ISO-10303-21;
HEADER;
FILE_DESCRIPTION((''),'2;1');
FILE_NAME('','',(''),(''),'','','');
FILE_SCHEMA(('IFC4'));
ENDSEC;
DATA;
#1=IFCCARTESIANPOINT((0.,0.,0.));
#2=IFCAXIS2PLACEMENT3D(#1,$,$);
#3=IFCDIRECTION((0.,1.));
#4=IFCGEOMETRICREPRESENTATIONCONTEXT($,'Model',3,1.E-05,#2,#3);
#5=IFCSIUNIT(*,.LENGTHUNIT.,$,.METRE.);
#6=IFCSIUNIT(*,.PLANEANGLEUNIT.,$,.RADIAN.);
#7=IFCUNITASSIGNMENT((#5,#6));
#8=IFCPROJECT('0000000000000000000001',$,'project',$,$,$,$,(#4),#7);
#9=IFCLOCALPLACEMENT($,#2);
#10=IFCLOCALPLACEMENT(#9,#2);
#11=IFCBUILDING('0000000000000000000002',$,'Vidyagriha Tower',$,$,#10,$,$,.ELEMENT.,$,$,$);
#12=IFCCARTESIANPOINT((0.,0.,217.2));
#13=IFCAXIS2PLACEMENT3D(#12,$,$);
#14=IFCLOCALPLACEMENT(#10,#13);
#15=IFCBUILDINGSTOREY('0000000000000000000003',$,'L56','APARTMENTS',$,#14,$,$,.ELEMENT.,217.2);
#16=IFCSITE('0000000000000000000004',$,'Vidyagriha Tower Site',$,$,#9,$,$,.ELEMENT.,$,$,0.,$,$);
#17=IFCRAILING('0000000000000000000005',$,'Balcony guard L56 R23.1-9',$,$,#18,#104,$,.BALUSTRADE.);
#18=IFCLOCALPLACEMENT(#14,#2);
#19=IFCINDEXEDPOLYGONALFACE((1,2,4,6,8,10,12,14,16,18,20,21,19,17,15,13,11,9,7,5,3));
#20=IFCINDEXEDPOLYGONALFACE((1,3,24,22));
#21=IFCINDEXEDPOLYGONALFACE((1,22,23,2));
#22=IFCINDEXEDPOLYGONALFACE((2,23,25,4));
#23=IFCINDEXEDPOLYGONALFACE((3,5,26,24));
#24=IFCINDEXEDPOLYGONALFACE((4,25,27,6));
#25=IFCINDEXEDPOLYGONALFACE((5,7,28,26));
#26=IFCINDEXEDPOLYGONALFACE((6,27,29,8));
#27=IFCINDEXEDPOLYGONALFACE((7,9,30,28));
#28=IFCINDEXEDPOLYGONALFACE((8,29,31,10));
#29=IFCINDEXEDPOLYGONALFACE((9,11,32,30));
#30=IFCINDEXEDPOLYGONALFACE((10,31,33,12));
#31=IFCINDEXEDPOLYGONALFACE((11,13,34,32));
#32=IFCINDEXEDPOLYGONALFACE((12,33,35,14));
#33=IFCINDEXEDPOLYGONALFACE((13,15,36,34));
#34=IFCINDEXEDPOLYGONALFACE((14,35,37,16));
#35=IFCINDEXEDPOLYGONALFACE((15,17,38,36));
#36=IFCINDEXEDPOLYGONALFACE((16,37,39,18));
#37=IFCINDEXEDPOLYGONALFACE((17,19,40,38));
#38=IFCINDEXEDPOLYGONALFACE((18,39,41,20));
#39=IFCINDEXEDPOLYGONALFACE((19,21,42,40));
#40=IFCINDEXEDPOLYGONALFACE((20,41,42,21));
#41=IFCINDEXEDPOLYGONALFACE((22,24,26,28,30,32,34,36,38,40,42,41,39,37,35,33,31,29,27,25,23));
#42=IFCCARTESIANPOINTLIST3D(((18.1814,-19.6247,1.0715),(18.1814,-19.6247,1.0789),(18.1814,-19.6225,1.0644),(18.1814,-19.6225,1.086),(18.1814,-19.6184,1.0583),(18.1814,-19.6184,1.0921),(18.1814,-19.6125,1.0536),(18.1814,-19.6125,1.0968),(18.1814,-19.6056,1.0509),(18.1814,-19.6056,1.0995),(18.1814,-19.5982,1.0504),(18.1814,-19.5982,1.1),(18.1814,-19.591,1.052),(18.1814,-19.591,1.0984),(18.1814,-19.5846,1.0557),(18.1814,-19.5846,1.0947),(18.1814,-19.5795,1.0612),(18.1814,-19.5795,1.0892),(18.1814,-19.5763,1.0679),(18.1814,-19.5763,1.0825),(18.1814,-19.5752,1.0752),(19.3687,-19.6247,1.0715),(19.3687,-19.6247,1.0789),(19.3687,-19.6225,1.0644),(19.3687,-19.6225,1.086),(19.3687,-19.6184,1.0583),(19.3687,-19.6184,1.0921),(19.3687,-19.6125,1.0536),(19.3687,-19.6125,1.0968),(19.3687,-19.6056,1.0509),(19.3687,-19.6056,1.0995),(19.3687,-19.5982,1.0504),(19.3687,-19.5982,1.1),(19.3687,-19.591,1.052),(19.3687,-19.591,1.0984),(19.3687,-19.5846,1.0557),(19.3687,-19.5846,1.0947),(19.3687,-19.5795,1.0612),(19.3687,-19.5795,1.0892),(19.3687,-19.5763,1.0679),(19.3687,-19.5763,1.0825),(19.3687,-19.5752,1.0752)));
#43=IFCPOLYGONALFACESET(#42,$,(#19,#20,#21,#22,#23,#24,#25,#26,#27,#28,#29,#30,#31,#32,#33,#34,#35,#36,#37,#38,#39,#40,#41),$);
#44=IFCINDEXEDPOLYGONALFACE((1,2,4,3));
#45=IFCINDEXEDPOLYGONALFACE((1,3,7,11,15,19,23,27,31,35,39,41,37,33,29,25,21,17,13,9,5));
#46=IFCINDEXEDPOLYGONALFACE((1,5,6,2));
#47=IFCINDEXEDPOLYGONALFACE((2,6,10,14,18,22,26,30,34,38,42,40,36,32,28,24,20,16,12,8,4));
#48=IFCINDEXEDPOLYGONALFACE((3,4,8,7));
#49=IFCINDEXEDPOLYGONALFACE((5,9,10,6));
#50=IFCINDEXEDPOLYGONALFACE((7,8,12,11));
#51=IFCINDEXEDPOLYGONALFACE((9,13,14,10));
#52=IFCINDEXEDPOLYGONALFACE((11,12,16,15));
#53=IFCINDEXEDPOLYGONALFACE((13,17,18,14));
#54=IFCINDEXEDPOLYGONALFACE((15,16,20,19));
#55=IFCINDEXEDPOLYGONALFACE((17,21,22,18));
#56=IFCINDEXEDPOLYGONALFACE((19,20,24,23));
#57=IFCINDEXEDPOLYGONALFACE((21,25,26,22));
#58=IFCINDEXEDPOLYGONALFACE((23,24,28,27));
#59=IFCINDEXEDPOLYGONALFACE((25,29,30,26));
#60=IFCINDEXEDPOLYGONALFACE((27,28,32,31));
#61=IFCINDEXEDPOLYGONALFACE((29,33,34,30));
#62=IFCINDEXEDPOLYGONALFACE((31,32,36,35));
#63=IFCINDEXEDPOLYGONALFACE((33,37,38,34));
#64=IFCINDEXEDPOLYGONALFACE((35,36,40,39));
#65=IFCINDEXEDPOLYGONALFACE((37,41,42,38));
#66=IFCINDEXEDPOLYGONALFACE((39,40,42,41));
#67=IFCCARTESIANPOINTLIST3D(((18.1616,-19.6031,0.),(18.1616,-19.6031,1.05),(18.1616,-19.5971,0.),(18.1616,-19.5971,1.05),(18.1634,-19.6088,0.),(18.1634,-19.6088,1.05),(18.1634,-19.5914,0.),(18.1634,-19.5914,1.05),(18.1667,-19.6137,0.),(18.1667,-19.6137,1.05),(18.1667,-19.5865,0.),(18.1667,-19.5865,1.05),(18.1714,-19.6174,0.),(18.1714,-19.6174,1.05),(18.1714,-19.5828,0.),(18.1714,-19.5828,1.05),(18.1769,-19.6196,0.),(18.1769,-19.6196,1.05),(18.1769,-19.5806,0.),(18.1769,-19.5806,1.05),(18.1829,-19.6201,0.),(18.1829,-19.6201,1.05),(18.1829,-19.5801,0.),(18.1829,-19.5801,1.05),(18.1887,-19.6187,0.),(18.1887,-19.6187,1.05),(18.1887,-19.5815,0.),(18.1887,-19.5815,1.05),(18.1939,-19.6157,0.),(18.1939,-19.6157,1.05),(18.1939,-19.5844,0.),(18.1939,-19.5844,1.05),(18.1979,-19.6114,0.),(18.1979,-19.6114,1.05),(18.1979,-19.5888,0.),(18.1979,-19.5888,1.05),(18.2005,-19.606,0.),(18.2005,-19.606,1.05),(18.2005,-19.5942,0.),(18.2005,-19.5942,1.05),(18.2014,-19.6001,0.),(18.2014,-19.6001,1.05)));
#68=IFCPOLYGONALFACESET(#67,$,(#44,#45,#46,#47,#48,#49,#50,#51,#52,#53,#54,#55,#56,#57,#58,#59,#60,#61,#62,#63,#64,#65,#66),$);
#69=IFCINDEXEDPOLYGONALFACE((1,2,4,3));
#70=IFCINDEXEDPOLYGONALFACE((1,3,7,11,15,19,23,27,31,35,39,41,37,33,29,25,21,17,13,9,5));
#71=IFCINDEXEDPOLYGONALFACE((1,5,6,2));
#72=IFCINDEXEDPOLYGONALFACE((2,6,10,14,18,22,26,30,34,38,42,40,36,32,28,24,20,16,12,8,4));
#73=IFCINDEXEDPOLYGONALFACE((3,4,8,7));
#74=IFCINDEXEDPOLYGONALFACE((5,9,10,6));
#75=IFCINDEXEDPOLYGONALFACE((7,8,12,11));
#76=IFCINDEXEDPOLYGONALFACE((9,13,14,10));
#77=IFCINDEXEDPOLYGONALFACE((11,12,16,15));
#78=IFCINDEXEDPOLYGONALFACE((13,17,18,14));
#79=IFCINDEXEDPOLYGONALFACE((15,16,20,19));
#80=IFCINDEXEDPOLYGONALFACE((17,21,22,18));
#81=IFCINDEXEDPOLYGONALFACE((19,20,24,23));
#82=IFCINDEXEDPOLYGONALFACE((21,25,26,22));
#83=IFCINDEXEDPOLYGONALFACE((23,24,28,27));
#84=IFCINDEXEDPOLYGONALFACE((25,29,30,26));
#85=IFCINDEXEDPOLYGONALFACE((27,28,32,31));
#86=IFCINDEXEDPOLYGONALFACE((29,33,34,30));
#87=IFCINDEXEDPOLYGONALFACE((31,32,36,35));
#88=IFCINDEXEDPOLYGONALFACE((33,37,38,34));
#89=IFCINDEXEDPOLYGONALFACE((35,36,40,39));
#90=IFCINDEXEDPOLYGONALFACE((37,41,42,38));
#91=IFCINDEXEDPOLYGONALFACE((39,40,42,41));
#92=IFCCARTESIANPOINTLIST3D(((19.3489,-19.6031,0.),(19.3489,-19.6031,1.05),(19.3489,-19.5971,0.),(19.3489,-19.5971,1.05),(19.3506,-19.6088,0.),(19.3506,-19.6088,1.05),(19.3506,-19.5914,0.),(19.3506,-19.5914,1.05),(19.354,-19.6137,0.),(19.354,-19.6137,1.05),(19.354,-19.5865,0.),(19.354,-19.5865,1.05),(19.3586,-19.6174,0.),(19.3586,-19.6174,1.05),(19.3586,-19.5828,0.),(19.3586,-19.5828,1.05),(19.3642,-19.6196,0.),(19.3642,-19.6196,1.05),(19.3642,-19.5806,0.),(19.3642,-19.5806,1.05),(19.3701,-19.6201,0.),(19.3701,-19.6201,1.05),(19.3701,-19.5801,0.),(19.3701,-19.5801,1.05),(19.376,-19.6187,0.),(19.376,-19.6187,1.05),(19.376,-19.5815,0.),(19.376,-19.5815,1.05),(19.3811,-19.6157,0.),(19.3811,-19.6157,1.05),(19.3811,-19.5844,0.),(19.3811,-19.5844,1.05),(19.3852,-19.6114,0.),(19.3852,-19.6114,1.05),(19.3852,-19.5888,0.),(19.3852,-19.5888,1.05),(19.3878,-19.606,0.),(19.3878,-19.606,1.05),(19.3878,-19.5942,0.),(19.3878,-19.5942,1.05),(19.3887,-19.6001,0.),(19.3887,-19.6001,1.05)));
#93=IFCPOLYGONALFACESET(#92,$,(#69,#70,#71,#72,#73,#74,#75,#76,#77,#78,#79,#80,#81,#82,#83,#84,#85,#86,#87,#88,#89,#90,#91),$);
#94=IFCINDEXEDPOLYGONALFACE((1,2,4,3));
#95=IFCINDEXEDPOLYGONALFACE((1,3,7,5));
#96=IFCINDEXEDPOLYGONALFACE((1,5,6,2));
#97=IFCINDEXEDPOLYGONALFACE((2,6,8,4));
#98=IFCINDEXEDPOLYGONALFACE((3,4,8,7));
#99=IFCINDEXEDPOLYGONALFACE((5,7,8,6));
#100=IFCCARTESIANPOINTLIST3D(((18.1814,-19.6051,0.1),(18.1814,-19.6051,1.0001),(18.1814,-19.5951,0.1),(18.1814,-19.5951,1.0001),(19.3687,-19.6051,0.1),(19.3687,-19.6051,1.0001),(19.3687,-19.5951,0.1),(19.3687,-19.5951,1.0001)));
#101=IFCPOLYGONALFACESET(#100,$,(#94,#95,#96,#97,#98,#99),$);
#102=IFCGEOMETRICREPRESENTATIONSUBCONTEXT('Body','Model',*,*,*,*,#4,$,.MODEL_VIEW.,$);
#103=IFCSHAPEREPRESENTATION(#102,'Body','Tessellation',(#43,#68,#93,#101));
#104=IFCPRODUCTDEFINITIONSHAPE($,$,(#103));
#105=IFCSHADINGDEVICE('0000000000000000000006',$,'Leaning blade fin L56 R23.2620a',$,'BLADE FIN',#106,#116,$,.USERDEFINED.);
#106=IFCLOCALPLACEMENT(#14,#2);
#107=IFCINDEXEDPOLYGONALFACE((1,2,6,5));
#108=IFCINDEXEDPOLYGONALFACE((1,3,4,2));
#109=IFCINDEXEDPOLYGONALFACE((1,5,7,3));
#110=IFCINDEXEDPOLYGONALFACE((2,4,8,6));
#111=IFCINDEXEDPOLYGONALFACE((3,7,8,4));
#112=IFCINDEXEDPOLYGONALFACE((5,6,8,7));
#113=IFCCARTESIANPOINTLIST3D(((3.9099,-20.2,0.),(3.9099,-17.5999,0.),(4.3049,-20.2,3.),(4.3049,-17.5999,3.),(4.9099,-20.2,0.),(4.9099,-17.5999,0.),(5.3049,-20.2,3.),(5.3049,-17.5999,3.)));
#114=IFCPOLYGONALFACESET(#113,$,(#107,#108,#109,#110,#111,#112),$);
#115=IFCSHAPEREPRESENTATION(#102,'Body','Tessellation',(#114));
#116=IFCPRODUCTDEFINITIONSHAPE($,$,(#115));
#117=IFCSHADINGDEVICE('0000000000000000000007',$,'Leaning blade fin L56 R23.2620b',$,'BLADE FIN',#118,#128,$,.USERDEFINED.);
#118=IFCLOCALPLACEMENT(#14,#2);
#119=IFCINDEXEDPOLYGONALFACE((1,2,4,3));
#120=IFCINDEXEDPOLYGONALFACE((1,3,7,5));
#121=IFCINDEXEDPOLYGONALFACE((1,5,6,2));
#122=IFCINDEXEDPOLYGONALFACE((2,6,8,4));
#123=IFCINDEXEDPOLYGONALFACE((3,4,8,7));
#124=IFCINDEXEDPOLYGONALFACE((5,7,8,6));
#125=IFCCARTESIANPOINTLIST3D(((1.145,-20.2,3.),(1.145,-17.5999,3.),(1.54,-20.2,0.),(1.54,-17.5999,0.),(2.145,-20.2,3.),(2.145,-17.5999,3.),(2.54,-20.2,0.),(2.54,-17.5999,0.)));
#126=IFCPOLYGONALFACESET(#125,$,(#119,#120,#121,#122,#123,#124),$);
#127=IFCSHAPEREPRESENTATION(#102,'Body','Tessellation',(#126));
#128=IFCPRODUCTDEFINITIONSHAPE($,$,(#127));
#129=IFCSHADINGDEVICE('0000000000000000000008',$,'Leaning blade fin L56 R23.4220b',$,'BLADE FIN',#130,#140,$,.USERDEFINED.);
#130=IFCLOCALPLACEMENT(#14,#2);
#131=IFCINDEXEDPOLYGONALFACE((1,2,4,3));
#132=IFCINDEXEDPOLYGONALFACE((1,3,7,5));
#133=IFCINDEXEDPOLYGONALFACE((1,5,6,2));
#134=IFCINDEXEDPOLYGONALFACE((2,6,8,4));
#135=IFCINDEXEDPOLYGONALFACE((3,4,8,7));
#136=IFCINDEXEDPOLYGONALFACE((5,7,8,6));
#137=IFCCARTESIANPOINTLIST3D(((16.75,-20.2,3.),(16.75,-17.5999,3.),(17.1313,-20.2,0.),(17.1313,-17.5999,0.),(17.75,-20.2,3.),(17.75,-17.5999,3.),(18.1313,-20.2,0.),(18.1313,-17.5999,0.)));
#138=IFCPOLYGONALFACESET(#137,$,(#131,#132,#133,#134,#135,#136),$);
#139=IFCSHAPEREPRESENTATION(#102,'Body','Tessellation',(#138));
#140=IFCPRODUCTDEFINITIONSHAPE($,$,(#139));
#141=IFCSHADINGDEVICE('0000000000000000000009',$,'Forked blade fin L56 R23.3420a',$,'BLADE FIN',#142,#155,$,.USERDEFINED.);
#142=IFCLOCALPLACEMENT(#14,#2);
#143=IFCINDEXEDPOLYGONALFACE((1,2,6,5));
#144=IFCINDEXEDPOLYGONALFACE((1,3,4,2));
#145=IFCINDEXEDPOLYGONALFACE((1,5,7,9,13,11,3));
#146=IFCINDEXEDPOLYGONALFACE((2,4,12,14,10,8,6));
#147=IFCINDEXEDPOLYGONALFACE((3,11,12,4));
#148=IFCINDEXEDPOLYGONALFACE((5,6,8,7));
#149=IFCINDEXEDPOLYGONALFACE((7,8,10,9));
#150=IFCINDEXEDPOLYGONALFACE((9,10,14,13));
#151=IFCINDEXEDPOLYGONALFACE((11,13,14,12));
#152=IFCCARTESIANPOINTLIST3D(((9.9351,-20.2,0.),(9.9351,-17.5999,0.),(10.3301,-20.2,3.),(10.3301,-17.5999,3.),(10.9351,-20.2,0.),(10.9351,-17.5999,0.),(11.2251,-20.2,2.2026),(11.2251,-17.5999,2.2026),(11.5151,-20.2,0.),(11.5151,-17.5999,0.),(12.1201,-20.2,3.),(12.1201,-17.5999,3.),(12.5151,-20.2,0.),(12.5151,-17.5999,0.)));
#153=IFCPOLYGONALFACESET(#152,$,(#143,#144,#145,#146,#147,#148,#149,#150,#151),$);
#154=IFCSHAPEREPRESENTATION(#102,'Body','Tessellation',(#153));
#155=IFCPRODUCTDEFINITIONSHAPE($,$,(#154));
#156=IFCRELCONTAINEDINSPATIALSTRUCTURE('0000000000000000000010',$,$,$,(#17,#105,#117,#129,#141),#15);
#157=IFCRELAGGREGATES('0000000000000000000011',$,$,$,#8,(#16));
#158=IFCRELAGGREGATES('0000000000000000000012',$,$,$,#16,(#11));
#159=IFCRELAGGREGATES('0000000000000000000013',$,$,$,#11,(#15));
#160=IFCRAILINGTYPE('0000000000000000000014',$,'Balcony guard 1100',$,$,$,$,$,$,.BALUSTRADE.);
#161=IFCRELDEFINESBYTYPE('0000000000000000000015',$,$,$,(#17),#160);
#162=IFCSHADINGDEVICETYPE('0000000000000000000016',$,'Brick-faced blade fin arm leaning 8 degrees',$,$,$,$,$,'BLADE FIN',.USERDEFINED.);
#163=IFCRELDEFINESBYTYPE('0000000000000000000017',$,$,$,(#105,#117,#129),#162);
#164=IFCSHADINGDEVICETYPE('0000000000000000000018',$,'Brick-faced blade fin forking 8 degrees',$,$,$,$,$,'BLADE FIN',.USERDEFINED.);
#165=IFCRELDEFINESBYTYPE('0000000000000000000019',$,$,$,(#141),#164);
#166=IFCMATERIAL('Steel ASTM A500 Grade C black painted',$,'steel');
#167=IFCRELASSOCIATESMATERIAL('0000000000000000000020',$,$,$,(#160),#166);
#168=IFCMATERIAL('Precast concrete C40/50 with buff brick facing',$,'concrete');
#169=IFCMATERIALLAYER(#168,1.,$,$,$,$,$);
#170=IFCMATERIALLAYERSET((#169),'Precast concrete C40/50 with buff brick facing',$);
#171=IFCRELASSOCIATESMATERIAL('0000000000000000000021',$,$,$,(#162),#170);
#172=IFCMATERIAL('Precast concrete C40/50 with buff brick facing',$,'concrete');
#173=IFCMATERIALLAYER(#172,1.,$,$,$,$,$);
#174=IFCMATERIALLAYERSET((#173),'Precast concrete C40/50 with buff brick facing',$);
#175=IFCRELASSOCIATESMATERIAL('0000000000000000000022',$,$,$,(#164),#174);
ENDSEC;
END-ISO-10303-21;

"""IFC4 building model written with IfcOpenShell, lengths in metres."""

from ifc_helpers import new_model, si_unit, direction, frame, origin, origin_2d, place, context, subcontext, project, spatial, polyline, rectangle, circle, outline, extrude, material, layer, layer_set, type_object, element, save


model = new_model("IFC4")

# Units and contexts
model_context = context("Model", 3, precision=1e-05, world=origin(), true_north=direction((0.0, 1.0)))
body_context = subcontext(model_context, "Body", "Model", "MODEL_VIEW")
ifc_project = project(units=[si_unit("LENGTHUNIT", "METRE"), si_unit("PLANEANGLEUNIT", "RADIAN")], contexts=[model_context])

# Site, building, storey
site_placement = place(None, origin())
site = spatial("IfcSite", under=ifc_project, at=site_placement, Name="Vidyagriha Tower Site", CompositionType="ELEMENT", RefElevation=0.0)
building_placement = place(site_placement, origin())
building = spatial("IfcBuilding", under=site, at=building_placement, Name="Vidyagriha Tower", CompositionType="ELEMENT")
storey_placement = place(building_placement, frame((0.0, 0.0, 217.2)))
storey = spatial("IfcBuildingStorey", under=building, at=storey_placement, Name="L56", Description="APARTMENTS", CompositionType="ELEMENT", Elevation=217.2)

# Railing
ifc_material_1 = material(Name="Steel ASTM A500 Grade C black painted", Category="steel")
railing_type = type_object("IfcRailingType", Name="Balcony guard 1100", PredefinedType="BALUSTRADE", material=ifc_material_1)
railing_1_placement = place(storey_placement, frame((18.1814, -19.6001, 0.0)))
element("IfcRailing", 1, at=railing_1_placement, inside=storey, type_object=railing_type, Name="Balcony guard L56 R23.1-9", PredefinedType="BALUSTRADE", context=body_context, shape_type="SweptSolid", body=[
    extrude(circle(Radius=0.0249, at=origin_2d()), frame((0.0, 0.0, 1.0752), z_axis=(1.0, 0.0, 0.0), x_axis=(0.0, 1.0, 0.0)), (0.0, 0.0, 1.0), 1.1873),
    extrude(circle(Radius=0.02, at=origin_2d()), origin(), (0.0, 0.0, 1.0), 1.05),
    extrude(circle(Radius=0.02, at=origin_2d()), frame((1.1873, 0.0, 0.0)), (0.0, 0.0, 1.0), 1.05),
    extrude(rectangle(XDim=0.01, YDim=0.9001, at=origin_2d()), frame((0.0, 0.0, 0.55), z_axis=(1.0, 0.0, 0.0), x_axis=(0.0, 1.0, 0.0)), (0.0, 0.0, 1.0), 1.1873),
])

# Shading devices
ifc_material_2 = material(Name="Precast concrete C40/50 with buff brick facing", Category="concrete")
ifc_layer_1 = layer(ifc_material_2, 1.0)
ifc_layer_set_1 = layer_set([ifc_layer_1], Name="Precast concrete C40/50 with buff brick facing")
shading_device_type_1 = type_object("IfcShadingDeviceType", Name="Brick-faced blade fin arm leaning 8 degrees", ElementType="BLADE FIN", PredefinedType="USERDEFINED", material=ifc_layer_set_1)
shading_device_1_placement = place(storey_placement, frame((3.9099, -18.8999, 0.0)))
element("IfcShadingDevice", 2, at=shading_device_1_placement, inside=storey, type_object=shading_device_type_1, Name="Leaning blade fin L56 R23.2620a", ObjectType="BLADE FIN", PredefinedType="USERDEFINED", context=body_context, shape_type="SweptSolid", body=[
    extrude(outline(polyline([(0.0, 0.0), (1.0, 0.0), (1.395, 3.0), (0.395, 3.0), (0.0, 0.0)])), frame((0.0, 1.3, 0.0), z_axis=(0.0, -1.0, 0.0), x_axis=(1.0, 0.0, 0.0)), (0.0, 0.0, 1.0), 2.6001),
])
shading_device_2_placement = place(storey_placement, frame((1.145, -18.8999, 0.0)))
element("IfcShadingDevice", 3, at=shading_device_2_placement, inside=storey, type_object=shading_device_type_1, Name="Leaning blade fin L56 R23.2620b", ObjectType="BLADE FIN", PredefinedType="USERDEFINED", context=body_context, shape_type="SweptSolid", body=[
    extrude(outline(polyline([(0.395, 0.0), (1.395, 0.0), (1.0, 3.0), (0.0, 3.0), (0.395, 0.0)])), frame((0.0, 1.3, 0.0), z_axis=(0.0, -1.0, 0.0), x_axis=(1.0, 0.0, 0.0)), (0.0, 0.0, 1.0), 2.6001),
])
shading_device_3_placement = place(storey_placement, frame((16.75, -18.8999, 0.0)))
element("IfcShadingDevice", 4, at=shading_device_3_placement, inside=storey, type_object=shading_device_type_1, Name="Leaning blade fin L56 R23.4220b", ObjectType="BLADE FIN", PredefinedType="USERDEFINED", context=body_context, shape_type="SweptSolid", body=[
    extrude(outline(polyline([(0.3813, 0.0), (1.3813, 0.0), (1.0, 3.0), (0.0, 3.0), (0.3813, 0.0)])), frame((0.0, 1.3, 0.0), z_axis=(0.0, -1.0, 0.0), x_axis=(1.0, 0.0, 0.0)), (0.0, 0.0, 1.0), 2.6001),
])
ifc_material_3 = material(Name="Precast concrete C40/50 with buff brick facing", Category="concrete")
ifc_layer_2 = layer(ifc_material_3, 1.0)
ifc_layer_set_2 = layer_set([ifc_layer_2], Name="Precast concrete C40/50 with buff brick facing")
shading_device_type_2 = type_object("IfcShadingDeviceType", Name="Brick-faced blade fin forking 8 degrees", ElementType="BLADE FIN", PredefinedType="USERDEFINED", material=ifc_layer_set_2)
shading_device_4_placement = place(storey_placement, frame((9.9351, -18.8999, 0.0)))
element("IfcShadingDevice", 5, at=shading_device_4_placement, inside=storey, type_object=shading_device_type_2, Name="Forked blade fin L56 R23.3420a", ObjectType="BLADE FIN", PredefinedType="USERDEFINED", context=body_context, shape_type="SweptSolid", body=[
    extrude(outline(polyline([(1.0, 0.0), (1.29, 2.2026), (1.5801, 0.0), (2.5801, 0.0), (2.1851, 3.0), (0.395, 3.0), (0.0, 0.0), (1.0, 0.0)])), frame((0.0, 1.3, 0.0), z_axis=(0.0, -1.0, 0.0), x_axis=(1.0, 0.0, 0.0)), (0.0, 0.0, 1.0), 2.6001),
])

save(model, "model.ifc")
